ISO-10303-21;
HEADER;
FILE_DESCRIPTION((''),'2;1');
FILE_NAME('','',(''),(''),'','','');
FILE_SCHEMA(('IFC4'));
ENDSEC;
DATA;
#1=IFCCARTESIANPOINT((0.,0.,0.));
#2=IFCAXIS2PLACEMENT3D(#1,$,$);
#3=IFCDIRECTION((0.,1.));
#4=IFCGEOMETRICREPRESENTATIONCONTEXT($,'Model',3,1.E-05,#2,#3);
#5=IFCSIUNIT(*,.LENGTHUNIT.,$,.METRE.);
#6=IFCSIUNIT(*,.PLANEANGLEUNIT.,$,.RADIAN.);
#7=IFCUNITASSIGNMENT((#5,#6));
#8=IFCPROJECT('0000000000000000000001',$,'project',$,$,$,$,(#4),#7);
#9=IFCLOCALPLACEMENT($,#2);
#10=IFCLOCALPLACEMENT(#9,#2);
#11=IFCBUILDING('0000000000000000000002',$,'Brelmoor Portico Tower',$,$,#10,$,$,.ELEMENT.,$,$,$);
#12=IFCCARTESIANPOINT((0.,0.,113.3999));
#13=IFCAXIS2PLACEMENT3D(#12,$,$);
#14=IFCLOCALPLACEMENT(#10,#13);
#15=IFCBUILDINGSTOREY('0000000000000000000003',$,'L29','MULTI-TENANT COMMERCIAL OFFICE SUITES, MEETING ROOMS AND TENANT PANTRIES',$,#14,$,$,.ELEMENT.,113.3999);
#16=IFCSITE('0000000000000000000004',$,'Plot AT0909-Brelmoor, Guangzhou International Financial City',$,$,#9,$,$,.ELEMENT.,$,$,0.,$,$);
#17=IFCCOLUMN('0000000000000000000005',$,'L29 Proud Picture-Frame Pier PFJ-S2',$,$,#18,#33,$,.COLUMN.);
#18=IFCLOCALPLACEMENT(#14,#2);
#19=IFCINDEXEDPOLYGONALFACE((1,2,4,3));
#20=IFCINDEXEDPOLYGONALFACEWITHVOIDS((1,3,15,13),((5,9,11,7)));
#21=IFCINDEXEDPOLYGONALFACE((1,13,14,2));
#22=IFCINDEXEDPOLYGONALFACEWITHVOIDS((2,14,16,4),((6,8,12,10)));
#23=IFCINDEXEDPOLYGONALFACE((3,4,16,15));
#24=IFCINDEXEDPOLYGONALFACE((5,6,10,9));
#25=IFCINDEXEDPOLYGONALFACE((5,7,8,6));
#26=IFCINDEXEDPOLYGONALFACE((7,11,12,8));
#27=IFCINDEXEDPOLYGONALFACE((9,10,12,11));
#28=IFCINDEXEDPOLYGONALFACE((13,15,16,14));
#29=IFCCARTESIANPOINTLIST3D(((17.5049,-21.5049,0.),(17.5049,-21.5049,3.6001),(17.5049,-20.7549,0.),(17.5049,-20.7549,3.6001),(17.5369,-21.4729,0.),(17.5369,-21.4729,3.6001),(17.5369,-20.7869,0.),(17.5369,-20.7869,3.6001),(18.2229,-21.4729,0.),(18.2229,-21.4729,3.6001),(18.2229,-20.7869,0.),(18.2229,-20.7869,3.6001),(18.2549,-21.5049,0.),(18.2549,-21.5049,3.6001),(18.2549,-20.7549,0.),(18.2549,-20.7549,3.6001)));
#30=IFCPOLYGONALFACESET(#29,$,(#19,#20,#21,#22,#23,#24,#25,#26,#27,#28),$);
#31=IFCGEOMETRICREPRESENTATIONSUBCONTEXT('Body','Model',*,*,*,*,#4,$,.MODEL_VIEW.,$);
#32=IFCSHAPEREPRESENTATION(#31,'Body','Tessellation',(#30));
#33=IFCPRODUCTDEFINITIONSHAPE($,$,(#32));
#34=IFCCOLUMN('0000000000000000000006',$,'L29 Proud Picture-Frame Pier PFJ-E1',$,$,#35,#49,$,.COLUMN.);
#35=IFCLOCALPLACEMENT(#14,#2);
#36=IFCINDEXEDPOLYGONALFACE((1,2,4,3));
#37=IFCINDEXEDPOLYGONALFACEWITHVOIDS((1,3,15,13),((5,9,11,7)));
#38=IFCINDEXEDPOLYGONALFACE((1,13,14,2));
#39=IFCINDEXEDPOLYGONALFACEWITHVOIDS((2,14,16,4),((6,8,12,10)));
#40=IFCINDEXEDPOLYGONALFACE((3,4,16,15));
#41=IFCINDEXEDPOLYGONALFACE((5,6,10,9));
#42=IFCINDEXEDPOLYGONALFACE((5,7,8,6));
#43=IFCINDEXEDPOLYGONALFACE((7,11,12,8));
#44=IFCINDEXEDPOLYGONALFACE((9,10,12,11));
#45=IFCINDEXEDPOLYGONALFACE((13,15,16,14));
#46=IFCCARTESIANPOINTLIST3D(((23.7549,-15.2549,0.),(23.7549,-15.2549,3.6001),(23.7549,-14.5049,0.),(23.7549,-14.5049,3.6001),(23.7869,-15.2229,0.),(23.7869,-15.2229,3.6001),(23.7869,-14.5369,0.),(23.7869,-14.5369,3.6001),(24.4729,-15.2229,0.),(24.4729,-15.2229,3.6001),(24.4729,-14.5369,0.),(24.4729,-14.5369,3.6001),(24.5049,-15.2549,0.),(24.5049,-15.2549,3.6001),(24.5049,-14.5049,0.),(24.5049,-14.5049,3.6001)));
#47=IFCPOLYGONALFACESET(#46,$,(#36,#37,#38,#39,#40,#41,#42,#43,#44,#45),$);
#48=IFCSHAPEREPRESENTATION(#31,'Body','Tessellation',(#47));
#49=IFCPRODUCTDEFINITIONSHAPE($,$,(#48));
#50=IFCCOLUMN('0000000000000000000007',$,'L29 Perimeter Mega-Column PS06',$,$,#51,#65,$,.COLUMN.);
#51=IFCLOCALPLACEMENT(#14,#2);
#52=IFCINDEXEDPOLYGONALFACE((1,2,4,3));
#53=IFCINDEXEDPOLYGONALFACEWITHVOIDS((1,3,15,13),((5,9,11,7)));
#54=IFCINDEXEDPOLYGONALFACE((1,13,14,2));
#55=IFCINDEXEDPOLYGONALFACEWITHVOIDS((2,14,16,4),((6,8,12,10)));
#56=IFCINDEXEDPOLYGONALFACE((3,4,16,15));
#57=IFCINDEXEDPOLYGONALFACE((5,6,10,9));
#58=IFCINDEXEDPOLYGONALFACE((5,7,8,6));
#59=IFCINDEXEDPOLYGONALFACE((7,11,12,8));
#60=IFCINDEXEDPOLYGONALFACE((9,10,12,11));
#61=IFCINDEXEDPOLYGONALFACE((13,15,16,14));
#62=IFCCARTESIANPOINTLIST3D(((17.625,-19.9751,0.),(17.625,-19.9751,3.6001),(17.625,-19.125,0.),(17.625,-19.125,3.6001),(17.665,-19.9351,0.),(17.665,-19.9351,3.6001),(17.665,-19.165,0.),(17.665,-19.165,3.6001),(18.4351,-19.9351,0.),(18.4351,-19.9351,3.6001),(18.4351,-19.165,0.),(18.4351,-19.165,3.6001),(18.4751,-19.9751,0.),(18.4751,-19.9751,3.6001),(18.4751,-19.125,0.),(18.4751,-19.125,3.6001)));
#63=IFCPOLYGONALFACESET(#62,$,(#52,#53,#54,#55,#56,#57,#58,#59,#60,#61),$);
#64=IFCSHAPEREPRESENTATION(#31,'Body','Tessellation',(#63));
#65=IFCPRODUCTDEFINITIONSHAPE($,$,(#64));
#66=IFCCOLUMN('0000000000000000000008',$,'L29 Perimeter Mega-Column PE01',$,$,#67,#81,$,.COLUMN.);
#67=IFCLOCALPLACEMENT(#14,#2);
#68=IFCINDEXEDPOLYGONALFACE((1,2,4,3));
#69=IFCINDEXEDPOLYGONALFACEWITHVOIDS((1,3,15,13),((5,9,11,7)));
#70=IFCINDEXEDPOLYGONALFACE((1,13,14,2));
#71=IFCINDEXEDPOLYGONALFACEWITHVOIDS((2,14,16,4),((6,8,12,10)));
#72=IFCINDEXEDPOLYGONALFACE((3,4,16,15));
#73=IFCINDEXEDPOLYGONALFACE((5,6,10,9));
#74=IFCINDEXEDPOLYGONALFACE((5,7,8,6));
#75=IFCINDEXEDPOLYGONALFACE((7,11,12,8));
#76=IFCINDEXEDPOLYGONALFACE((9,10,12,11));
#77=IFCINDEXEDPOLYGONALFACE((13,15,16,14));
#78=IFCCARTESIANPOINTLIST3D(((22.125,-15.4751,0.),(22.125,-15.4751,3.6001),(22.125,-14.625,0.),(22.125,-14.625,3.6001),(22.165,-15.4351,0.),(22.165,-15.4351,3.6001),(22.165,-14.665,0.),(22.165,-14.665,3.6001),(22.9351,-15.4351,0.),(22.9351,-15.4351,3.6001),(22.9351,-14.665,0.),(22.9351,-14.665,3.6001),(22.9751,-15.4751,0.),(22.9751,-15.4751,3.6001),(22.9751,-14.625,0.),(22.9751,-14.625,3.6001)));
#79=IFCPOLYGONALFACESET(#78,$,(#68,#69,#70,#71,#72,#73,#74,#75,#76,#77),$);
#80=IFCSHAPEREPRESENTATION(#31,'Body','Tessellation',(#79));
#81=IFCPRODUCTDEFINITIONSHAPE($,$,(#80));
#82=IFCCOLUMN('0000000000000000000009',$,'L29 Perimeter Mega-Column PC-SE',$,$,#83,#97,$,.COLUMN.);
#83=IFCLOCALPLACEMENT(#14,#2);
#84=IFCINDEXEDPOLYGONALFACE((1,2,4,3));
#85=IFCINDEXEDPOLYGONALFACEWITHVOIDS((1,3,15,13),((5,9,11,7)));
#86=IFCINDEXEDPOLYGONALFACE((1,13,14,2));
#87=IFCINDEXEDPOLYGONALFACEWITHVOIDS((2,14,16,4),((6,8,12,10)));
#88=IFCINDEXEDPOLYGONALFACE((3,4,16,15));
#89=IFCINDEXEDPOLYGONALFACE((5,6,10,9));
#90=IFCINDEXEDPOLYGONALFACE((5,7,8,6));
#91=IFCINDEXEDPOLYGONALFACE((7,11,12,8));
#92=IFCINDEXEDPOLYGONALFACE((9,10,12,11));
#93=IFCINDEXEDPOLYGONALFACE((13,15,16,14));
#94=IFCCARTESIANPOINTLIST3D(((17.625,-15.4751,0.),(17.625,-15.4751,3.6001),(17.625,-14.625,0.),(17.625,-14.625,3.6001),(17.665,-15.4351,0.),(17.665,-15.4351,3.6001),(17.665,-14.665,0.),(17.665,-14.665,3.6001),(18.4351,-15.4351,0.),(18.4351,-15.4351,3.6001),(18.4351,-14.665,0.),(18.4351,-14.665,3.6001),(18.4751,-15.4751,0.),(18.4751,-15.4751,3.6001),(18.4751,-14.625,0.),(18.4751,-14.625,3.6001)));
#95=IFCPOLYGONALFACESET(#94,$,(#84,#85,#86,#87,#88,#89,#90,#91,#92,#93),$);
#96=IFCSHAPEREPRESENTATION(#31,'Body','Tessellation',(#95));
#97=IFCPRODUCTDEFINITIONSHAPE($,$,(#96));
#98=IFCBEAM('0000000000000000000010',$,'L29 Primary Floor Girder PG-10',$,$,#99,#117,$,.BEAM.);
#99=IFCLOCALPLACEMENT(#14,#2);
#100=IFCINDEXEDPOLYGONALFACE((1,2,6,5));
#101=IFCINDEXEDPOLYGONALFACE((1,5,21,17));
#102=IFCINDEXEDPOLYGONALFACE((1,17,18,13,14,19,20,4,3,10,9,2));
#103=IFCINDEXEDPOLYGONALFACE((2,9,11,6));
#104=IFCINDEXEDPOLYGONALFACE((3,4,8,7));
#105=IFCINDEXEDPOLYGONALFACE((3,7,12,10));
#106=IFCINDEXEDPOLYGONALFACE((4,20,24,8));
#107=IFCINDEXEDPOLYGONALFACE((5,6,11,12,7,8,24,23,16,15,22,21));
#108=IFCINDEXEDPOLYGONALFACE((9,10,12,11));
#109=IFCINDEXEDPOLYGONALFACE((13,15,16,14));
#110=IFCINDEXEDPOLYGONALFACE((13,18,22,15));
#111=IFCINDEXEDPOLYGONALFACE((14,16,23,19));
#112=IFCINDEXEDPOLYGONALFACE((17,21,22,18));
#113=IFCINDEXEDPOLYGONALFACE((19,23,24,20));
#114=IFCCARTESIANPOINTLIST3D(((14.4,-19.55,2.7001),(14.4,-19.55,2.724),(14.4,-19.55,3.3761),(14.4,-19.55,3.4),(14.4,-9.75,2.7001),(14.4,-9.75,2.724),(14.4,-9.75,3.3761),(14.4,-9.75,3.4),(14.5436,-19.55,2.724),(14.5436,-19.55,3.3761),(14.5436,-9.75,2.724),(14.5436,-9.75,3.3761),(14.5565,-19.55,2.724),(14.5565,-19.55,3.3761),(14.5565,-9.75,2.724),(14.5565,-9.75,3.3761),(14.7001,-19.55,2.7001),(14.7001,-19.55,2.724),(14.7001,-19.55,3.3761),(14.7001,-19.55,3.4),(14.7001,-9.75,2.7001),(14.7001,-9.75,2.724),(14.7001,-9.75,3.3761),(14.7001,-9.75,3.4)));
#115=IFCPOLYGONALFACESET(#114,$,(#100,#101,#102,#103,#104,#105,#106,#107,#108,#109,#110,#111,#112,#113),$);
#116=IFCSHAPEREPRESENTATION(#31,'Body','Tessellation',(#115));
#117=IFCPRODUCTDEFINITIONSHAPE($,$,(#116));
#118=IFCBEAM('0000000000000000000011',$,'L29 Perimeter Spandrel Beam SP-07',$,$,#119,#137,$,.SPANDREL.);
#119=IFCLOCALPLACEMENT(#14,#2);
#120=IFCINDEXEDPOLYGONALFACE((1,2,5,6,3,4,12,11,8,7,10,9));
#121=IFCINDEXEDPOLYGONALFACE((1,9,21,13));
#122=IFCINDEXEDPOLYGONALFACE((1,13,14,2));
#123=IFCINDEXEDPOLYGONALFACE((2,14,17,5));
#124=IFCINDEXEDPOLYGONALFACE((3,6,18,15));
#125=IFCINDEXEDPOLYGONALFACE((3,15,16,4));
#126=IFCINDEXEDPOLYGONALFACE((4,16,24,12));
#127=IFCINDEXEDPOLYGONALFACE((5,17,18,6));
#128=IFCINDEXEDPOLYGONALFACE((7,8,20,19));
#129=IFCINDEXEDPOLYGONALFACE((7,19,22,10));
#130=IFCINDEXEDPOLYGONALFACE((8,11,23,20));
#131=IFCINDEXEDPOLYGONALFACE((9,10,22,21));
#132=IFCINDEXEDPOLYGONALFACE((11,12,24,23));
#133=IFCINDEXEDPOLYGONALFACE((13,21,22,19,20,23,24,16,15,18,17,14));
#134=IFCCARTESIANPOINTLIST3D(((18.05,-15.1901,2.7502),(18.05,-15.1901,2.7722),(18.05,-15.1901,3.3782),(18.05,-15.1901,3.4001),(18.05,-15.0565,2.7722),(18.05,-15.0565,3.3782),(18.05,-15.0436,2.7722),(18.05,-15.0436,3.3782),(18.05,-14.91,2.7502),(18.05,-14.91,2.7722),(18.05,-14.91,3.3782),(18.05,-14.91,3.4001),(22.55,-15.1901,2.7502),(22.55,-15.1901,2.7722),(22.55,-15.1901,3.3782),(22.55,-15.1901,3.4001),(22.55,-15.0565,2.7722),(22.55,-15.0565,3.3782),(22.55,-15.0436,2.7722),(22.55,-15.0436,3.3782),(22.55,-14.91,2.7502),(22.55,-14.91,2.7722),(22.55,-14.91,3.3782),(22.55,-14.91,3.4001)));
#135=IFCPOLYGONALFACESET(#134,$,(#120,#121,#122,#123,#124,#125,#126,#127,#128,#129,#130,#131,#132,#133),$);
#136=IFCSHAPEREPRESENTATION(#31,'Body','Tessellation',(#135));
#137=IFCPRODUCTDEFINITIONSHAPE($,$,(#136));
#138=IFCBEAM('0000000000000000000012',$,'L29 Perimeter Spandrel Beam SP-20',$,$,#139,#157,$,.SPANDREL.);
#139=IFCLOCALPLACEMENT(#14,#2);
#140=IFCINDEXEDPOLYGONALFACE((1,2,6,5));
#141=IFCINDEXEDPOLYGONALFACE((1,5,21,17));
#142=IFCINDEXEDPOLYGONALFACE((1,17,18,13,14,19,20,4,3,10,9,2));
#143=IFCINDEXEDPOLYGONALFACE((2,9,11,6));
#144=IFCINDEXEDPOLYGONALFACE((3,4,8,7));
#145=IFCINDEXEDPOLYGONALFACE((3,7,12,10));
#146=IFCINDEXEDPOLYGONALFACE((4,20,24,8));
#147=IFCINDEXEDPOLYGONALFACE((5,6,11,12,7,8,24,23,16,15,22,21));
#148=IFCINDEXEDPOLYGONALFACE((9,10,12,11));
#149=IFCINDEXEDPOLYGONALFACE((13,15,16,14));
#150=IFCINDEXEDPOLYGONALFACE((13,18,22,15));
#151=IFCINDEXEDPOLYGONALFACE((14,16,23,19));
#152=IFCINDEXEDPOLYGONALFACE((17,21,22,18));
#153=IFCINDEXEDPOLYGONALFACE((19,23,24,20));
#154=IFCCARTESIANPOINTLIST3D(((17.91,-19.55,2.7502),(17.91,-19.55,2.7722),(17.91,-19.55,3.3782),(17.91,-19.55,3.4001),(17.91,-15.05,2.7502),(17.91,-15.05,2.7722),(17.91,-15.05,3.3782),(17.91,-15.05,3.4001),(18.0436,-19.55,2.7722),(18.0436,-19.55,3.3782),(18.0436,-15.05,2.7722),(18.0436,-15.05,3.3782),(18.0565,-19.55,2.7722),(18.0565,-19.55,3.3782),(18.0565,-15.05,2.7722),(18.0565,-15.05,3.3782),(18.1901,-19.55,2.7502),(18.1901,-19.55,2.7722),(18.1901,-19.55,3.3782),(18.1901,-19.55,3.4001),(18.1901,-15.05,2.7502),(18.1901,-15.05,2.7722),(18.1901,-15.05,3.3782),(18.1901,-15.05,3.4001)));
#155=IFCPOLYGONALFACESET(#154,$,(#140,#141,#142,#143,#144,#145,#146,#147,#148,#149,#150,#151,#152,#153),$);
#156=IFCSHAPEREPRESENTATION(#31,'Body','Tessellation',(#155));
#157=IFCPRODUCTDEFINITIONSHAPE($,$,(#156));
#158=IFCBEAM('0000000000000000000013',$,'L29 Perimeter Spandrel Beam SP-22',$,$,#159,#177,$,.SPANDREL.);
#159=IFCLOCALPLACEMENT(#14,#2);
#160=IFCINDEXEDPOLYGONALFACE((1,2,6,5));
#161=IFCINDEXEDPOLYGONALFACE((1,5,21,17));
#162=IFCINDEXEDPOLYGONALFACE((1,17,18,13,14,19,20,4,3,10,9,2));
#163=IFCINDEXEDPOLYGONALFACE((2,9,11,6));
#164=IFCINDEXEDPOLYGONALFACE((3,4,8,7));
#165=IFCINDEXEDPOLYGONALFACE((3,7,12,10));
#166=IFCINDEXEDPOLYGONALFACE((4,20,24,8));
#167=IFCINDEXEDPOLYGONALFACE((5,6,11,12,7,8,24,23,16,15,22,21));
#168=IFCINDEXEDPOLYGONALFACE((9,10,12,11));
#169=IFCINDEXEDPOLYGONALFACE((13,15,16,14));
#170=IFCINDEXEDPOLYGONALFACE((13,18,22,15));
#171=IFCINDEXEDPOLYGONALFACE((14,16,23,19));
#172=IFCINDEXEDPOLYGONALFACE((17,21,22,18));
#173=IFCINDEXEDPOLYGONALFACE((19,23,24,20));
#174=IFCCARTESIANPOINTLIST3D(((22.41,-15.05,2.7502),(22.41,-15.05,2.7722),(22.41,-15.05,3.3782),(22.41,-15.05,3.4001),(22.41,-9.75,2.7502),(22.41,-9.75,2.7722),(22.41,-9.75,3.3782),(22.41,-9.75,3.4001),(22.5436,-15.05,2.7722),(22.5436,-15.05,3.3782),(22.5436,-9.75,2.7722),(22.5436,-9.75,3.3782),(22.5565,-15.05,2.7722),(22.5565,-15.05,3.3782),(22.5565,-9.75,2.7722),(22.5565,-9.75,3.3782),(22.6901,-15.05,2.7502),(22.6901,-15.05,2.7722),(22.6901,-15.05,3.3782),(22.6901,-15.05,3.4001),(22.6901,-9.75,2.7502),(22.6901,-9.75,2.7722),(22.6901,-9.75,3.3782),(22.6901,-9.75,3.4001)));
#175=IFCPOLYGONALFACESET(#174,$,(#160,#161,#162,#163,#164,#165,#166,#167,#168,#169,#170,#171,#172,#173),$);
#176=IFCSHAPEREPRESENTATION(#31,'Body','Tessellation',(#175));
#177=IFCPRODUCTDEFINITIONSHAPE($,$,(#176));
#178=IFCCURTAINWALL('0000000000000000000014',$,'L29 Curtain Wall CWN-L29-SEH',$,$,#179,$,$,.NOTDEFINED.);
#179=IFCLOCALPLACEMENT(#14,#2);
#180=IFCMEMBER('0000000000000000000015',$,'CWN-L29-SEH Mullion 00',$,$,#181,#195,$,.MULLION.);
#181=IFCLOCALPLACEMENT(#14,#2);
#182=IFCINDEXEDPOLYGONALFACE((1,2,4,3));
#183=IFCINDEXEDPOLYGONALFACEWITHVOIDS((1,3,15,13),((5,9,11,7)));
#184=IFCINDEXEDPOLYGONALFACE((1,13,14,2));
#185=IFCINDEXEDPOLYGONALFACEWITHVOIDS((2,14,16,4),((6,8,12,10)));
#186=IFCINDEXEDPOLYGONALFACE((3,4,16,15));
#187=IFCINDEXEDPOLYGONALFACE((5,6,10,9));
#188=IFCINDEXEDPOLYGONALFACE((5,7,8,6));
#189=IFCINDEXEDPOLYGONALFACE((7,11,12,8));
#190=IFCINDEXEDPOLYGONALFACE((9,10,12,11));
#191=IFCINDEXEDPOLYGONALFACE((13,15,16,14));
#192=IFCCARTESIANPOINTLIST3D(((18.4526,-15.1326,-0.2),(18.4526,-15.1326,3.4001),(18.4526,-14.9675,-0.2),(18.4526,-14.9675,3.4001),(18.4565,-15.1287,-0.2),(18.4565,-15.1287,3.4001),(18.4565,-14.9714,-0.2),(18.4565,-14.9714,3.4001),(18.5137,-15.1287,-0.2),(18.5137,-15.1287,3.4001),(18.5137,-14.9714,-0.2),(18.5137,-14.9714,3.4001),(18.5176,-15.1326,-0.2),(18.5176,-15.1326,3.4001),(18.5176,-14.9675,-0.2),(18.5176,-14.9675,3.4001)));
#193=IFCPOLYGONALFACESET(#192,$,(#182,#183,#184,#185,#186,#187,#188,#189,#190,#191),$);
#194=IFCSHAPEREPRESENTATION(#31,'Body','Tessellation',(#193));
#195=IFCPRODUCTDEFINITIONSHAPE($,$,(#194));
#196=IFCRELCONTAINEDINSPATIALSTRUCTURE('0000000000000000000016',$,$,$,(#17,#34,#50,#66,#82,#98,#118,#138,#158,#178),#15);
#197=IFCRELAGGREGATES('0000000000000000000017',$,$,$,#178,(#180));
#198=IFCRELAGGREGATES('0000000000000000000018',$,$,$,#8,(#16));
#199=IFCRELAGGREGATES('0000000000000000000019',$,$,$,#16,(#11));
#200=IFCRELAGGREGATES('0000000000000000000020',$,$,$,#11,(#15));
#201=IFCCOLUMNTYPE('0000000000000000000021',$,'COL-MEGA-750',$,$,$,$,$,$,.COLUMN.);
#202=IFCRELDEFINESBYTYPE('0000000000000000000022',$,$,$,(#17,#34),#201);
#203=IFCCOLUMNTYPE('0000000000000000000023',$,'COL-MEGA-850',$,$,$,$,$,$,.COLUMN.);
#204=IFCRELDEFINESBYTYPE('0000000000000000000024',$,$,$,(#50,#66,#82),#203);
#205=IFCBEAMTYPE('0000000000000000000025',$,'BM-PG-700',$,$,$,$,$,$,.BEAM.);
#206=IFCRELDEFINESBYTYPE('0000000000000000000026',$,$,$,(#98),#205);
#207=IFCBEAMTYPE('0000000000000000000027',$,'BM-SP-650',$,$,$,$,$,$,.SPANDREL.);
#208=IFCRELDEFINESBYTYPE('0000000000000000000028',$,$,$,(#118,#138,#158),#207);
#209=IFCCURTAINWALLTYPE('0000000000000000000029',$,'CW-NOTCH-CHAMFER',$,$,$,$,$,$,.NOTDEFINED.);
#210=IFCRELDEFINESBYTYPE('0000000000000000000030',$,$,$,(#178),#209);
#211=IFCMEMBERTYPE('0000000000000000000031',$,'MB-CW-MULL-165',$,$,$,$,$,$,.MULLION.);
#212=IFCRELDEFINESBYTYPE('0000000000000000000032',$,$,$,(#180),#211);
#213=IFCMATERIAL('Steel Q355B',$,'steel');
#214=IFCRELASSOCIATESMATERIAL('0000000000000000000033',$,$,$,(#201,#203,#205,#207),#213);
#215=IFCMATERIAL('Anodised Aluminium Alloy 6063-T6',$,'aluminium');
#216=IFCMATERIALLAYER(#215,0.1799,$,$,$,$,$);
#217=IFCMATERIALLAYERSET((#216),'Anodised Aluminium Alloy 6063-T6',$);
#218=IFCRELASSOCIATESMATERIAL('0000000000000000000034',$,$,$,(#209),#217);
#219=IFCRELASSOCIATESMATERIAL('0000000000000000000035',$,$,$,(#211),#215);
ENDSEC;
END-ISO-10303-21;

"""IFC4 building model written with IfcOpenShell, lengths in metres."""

from ifc_helpers import new_model, si_unit, direction, frame, origin, origin_2d, place, context, subcontext, project, spatial, hollow_rectangle, i_section, extrude, material, layer, layer_set, material_profile, profile_set, type_object, element, aggregate, save


model = new_model("IFC4")

# Units and contexts
model_context = context("Model", 3, precision=1e-05, world=origin(), true_north=direction((0.0, 1.0)))
body_context = subcontext(model_context, "Body", "Model", "MODEL_VIEW")
ifc_project = project(units=[si_unit("LENGTHUNIT", "METRE"), si_unit("PLANEANGLEUNIT", "RADIAN")], contexts=[model_context])

# Site, building, storey
site_placement = place(None, origin())
site = spatial("IfcSite", under=ifc_project, at=site_placement, Name="Plot AT0909-Brelmoor, Guangzhou International Financial City", CompositionType="ELEMENT", RefElevation=0.0)
building_placement = place(site_placement, origin())
building = spatial("IfcBuilding", under=site, at=building_placement, Name="Brelmoor Portico Tower", CompositionType="ELEMENT")
storey_placement = place(building_placement, frame((0.0, 0.0, 113.3999)))
storey = spatial("IfcBuildingStorey", under=building, at=storey_placement, Name="L29", Description="MULTI-TENANT COMMERCIAL OFFICE SUITES, MEETING ROOMS AND TENANT PANTRIES", CompositionType="ELEMENT", Elevation=113.3999)

# Columns
ifc_material_1 = material(Name="Steel Q355B", Category="steel")
ifc_material_profile_1 = material_profile(ifc_material_1, hollow_rectangle(XDim=0.75, YDim=0.75, WallThickness=0.032, at=origin_2d()), Name="BOX 750x750x32")
ifc_profile_set_1 = profile_set([ifc_material_profile_1], Name="Steel Q355B")
column_type_1 = type_object("IfcColumnType", Name="COL-MEGA-750", PredefinedType="COLUMN", material=ifc_profile_set_1)
for number, where, z_axis, x_axis, name in (
    (1, (17.8799, -21.1299, 0.0), (0.0, 0.0, 1.0), (1.0, 0.0, 0.0), "L29 Proud Picture-Frame Pier PFJ-S2"),
    (2, (24.1299, -14.8799, 0.0), (0.0, 0.0, 1.0), (0.0, 1.0, 0.0), "L29 Proud Picture-Frame Pier PFJ-E1"),
):
    element("IfcColumn", number, at=place(storey_placement, frame(where, z_axis=z_axis, x_axis=x_axis)), inside=storey, type_object=column_type_1, Name=name, PredefinedType="COLUMN", context=body_context, shape_type="SweptSolid", body=[
        extrude(hollow_rectangle(XDim=0.75, YDim=0.75, WallThickness=0.032, at=origin_2d()), origin(), (0.0, 0.0, 1.0), 3.6001),
    ])
ifc_material_profile_2 = material_profile(ifc_material_1, hollow_rectangle(XDim=0.8501, YDim=0.8501, WallThickness=0.04, at=origin_2d()), Name="BOX 850x850x40")
ifc_profile_set_2 = profile_set([ifc_material_profile_2], Name="Steel Q355B")
column_type_2 = type_object("IfcColumnType", Name="COL-MEGA-850", PredefinedType="COLUMN", material=ifc_profile_set_2)
for number, where, z_axis, x_axis, name in (
    (3, (18.05, -19.55, 0.0), (0.0, 0.0, 1.0), (1.0, 0.0, 0.0), "L29 Perimeter Mega-Column PS06"),
    (4, (22.55, -15.05, 0.0), (0.0, 0.0, 1.0), (0.0, 1.0, 0.0), "L29 Perimeter Mega-Column PE01"),
    (5, (18.05, -15.05, 0.0), (0.0, 0.0, 1.0), (1.0, 0.0, 0.0), "L29 Perimeter Mega-Column PC-SE"),
):
    element("IfcColumn", number, at=place(storey_placement, frame(where, z_axis=z_axis, x_axis=x_axis)), inside=storey, type_object=column_type_2, Name=name, PredefinedType="COLUMN", context=body_context, shape_type="SweptSolid", body=[
        extrude(hollow_rectangle(XDim=0.8501, YDim=0.8501, WallThickness=0.04, at=origin_2d()), origin(), (0.0, 0.0, 1.0), 3.6001),
    ])

# Beams
ifc_material_profile_3 = material_profile(ifc_material_1, i_section(OverallWidth=0.3, OverallDepth=0.7, WebThickness=0.0129, FlangeThickness=0.0239, at=origin_2d()), Name="HN 700x300x13x24")
ifc_profile_set_3 = profile_set([ifc_material_profile_3], Name="Steel Q355B")
beam_type_1 = type_object("IfcBeamType", Name="BM-PG-700", PredefinedType="BEAM", material=ifc_profile_set_3)
beam_1_placement = place(storey_placement, frame((14.55, -19.55, 3.05), z_axis=(0.0, 1.0, 0.0), x_axis=(-1.0, 0.0, 0.0)))
element("IfcBeam", 6, at=beam_1_placement, inside=storey, type_object=beam_type_1, Name="L29 Primary Floor Girder PG-10", PredefinedType="BEAM", context=body_context, shape_type="SweptSolid", body=[
    extrude(i_section(OverallWidth=0.3, OverallDepth=0.7, WebThickness=0.0129, FlangeThickness=0.0239, at=origin_2d()), origin(), (0.0, 0.0, 1.0), 9.8),
])
ifc_material_profile_4 = material_profile(ifc_material_1, i_section(OverallWidth=0.28, OverallDepth=0.6499, WebThickness=0.0129, FlangeThickness=0.022, at=origin_2d()), Name="HN 650x280x13x22")
ifc_profile_set_4 = profile_set([ifc_material_profile_4], Name="Steel Q355B")
beam_type_2 = type_object("IfcBeamType", Name="BM-SP-650", PredefinedType="SPANDREL", material=ifc_profile_set_4)
for number, where, z_axis, x_axis, name in (
    (7, (18.05, -15.05, 3.0752), (1.0, 0.0, 0.0), (0.0, 1.0, 0.0), "L29 Perimeter Spandrel Beam SP-07"),
    (8, (18.05, -19.55, 3.0752), (0.0, 1.0, 0.0), (-1.0, 0.0, 0.0), "L29 Perimeter Spandrel Beam SP-20"),
):
    element("IfcBeam", number, at=place(storey_placement, frame(where, z_axis=z_axis, x_axis=x_axis)), inside=storey, type_object=beam_type_2, Name=name, PredefinedType="SPANDREL", context=body_context, shape_type="SweptSolid", body=[
        extrude(i_section(OverallWidth=0.28, OverallDepth=0.6499, WebThickness=0.0129, FlangeThickness=0.022, at=origin_2d()), origin(), (0.0, 0.0, 1.0), 4.5),
    ])
beam_2_placement = place(storey_placement, frame((22.55, -15.05, 3.0752), z_axis=(0.0, 1.0, 0.0), x_axis=(-1.0, 0.0, 0.0)))
element("IfcBeam", 9, at=beam_2_placement, inside=storey, type_object=beam_type_2, Name="L29 Perimeter Spandrel Beam SP-22", PredefinedType="SPANDREL", context=body_context, shape_type="SweptSolid", body=[
    extrude(i_section(OverallWidth=0.28, OverallDepth=0.6499, WebThickness=0.0129, FlangeThickness=0.022, at=origin_2d()), origin(), (0.0, 0.0, 1.0), 5.3),
])

# Curtain wall, member
ifc_material_2 = material(Name="Anodised Aluminium Alloy 6063-T6", Category="aluminium")
ifc_layer_1 = layer(ifc_material_2, 0.1799)
ifc_layer_set_1 = layer_set([ifc_layer_1], Name="Anodised Aluminium Alloy 6063-T6")
curtain_wall_type = type_object("IfcCurtainWallType", Name="CW-NOTCH-CHAMFER", PredefinedType="NOTDEFINED", material=ifc_layer_set_1)
curtain_wall_1_placement = place(storey_placement, origin())
curtain_wall_1 = element("IfcCurtainWall", 10, at=curtain_wall_1_placement, inside=storey, type_object=curtain_wall_type, Name="L29 Curtain Wall CWN-L29-SEH", PredefinedType="NOTDEFINED")
ifc_material_profile_5 = material_profile(ifc_material_2, hollow_rectangle(XDim=0.0649, YDim=0.165, WallThickness=0.0039, at=origin_2d()), Name="ALU MULLION 65x165")
ifc_profile_set_5 = profile_set([ifc_material_profile_5], Name="Anodised Aluminium Alloy 6063-T6")
member_type_1 = type_object("IfcMemberType", Name="MB-CW-MULL-165", PredefinedType="MULLION", material=ifc_profile_set_5)
member_1_placement = place(storey_placement, frame((18.4851, -15.05, -0.2), z_axis=(0.0, 0.0, 1.0), x_axis=(1.0, 0.0, 0.0)))
member_1 = element("IfcMember", 11, at=member_1_placement, type_object=member_type_1, Name="CWN-L29-SEH Mullion 00", PredefinedType="MULLION", context=body_context, shape_type="SweptSolid", body=[
    extrude(hollow_rectangle(XDim=0.0649, YDim=0.165, WallThickness=0.0039, at=origin_2d()), origin(), (0.0, 0.0, 1.0), 3.6001),
])

aggregate(curtain_wall_1, [member_1])

save(model, "model.ifc")
